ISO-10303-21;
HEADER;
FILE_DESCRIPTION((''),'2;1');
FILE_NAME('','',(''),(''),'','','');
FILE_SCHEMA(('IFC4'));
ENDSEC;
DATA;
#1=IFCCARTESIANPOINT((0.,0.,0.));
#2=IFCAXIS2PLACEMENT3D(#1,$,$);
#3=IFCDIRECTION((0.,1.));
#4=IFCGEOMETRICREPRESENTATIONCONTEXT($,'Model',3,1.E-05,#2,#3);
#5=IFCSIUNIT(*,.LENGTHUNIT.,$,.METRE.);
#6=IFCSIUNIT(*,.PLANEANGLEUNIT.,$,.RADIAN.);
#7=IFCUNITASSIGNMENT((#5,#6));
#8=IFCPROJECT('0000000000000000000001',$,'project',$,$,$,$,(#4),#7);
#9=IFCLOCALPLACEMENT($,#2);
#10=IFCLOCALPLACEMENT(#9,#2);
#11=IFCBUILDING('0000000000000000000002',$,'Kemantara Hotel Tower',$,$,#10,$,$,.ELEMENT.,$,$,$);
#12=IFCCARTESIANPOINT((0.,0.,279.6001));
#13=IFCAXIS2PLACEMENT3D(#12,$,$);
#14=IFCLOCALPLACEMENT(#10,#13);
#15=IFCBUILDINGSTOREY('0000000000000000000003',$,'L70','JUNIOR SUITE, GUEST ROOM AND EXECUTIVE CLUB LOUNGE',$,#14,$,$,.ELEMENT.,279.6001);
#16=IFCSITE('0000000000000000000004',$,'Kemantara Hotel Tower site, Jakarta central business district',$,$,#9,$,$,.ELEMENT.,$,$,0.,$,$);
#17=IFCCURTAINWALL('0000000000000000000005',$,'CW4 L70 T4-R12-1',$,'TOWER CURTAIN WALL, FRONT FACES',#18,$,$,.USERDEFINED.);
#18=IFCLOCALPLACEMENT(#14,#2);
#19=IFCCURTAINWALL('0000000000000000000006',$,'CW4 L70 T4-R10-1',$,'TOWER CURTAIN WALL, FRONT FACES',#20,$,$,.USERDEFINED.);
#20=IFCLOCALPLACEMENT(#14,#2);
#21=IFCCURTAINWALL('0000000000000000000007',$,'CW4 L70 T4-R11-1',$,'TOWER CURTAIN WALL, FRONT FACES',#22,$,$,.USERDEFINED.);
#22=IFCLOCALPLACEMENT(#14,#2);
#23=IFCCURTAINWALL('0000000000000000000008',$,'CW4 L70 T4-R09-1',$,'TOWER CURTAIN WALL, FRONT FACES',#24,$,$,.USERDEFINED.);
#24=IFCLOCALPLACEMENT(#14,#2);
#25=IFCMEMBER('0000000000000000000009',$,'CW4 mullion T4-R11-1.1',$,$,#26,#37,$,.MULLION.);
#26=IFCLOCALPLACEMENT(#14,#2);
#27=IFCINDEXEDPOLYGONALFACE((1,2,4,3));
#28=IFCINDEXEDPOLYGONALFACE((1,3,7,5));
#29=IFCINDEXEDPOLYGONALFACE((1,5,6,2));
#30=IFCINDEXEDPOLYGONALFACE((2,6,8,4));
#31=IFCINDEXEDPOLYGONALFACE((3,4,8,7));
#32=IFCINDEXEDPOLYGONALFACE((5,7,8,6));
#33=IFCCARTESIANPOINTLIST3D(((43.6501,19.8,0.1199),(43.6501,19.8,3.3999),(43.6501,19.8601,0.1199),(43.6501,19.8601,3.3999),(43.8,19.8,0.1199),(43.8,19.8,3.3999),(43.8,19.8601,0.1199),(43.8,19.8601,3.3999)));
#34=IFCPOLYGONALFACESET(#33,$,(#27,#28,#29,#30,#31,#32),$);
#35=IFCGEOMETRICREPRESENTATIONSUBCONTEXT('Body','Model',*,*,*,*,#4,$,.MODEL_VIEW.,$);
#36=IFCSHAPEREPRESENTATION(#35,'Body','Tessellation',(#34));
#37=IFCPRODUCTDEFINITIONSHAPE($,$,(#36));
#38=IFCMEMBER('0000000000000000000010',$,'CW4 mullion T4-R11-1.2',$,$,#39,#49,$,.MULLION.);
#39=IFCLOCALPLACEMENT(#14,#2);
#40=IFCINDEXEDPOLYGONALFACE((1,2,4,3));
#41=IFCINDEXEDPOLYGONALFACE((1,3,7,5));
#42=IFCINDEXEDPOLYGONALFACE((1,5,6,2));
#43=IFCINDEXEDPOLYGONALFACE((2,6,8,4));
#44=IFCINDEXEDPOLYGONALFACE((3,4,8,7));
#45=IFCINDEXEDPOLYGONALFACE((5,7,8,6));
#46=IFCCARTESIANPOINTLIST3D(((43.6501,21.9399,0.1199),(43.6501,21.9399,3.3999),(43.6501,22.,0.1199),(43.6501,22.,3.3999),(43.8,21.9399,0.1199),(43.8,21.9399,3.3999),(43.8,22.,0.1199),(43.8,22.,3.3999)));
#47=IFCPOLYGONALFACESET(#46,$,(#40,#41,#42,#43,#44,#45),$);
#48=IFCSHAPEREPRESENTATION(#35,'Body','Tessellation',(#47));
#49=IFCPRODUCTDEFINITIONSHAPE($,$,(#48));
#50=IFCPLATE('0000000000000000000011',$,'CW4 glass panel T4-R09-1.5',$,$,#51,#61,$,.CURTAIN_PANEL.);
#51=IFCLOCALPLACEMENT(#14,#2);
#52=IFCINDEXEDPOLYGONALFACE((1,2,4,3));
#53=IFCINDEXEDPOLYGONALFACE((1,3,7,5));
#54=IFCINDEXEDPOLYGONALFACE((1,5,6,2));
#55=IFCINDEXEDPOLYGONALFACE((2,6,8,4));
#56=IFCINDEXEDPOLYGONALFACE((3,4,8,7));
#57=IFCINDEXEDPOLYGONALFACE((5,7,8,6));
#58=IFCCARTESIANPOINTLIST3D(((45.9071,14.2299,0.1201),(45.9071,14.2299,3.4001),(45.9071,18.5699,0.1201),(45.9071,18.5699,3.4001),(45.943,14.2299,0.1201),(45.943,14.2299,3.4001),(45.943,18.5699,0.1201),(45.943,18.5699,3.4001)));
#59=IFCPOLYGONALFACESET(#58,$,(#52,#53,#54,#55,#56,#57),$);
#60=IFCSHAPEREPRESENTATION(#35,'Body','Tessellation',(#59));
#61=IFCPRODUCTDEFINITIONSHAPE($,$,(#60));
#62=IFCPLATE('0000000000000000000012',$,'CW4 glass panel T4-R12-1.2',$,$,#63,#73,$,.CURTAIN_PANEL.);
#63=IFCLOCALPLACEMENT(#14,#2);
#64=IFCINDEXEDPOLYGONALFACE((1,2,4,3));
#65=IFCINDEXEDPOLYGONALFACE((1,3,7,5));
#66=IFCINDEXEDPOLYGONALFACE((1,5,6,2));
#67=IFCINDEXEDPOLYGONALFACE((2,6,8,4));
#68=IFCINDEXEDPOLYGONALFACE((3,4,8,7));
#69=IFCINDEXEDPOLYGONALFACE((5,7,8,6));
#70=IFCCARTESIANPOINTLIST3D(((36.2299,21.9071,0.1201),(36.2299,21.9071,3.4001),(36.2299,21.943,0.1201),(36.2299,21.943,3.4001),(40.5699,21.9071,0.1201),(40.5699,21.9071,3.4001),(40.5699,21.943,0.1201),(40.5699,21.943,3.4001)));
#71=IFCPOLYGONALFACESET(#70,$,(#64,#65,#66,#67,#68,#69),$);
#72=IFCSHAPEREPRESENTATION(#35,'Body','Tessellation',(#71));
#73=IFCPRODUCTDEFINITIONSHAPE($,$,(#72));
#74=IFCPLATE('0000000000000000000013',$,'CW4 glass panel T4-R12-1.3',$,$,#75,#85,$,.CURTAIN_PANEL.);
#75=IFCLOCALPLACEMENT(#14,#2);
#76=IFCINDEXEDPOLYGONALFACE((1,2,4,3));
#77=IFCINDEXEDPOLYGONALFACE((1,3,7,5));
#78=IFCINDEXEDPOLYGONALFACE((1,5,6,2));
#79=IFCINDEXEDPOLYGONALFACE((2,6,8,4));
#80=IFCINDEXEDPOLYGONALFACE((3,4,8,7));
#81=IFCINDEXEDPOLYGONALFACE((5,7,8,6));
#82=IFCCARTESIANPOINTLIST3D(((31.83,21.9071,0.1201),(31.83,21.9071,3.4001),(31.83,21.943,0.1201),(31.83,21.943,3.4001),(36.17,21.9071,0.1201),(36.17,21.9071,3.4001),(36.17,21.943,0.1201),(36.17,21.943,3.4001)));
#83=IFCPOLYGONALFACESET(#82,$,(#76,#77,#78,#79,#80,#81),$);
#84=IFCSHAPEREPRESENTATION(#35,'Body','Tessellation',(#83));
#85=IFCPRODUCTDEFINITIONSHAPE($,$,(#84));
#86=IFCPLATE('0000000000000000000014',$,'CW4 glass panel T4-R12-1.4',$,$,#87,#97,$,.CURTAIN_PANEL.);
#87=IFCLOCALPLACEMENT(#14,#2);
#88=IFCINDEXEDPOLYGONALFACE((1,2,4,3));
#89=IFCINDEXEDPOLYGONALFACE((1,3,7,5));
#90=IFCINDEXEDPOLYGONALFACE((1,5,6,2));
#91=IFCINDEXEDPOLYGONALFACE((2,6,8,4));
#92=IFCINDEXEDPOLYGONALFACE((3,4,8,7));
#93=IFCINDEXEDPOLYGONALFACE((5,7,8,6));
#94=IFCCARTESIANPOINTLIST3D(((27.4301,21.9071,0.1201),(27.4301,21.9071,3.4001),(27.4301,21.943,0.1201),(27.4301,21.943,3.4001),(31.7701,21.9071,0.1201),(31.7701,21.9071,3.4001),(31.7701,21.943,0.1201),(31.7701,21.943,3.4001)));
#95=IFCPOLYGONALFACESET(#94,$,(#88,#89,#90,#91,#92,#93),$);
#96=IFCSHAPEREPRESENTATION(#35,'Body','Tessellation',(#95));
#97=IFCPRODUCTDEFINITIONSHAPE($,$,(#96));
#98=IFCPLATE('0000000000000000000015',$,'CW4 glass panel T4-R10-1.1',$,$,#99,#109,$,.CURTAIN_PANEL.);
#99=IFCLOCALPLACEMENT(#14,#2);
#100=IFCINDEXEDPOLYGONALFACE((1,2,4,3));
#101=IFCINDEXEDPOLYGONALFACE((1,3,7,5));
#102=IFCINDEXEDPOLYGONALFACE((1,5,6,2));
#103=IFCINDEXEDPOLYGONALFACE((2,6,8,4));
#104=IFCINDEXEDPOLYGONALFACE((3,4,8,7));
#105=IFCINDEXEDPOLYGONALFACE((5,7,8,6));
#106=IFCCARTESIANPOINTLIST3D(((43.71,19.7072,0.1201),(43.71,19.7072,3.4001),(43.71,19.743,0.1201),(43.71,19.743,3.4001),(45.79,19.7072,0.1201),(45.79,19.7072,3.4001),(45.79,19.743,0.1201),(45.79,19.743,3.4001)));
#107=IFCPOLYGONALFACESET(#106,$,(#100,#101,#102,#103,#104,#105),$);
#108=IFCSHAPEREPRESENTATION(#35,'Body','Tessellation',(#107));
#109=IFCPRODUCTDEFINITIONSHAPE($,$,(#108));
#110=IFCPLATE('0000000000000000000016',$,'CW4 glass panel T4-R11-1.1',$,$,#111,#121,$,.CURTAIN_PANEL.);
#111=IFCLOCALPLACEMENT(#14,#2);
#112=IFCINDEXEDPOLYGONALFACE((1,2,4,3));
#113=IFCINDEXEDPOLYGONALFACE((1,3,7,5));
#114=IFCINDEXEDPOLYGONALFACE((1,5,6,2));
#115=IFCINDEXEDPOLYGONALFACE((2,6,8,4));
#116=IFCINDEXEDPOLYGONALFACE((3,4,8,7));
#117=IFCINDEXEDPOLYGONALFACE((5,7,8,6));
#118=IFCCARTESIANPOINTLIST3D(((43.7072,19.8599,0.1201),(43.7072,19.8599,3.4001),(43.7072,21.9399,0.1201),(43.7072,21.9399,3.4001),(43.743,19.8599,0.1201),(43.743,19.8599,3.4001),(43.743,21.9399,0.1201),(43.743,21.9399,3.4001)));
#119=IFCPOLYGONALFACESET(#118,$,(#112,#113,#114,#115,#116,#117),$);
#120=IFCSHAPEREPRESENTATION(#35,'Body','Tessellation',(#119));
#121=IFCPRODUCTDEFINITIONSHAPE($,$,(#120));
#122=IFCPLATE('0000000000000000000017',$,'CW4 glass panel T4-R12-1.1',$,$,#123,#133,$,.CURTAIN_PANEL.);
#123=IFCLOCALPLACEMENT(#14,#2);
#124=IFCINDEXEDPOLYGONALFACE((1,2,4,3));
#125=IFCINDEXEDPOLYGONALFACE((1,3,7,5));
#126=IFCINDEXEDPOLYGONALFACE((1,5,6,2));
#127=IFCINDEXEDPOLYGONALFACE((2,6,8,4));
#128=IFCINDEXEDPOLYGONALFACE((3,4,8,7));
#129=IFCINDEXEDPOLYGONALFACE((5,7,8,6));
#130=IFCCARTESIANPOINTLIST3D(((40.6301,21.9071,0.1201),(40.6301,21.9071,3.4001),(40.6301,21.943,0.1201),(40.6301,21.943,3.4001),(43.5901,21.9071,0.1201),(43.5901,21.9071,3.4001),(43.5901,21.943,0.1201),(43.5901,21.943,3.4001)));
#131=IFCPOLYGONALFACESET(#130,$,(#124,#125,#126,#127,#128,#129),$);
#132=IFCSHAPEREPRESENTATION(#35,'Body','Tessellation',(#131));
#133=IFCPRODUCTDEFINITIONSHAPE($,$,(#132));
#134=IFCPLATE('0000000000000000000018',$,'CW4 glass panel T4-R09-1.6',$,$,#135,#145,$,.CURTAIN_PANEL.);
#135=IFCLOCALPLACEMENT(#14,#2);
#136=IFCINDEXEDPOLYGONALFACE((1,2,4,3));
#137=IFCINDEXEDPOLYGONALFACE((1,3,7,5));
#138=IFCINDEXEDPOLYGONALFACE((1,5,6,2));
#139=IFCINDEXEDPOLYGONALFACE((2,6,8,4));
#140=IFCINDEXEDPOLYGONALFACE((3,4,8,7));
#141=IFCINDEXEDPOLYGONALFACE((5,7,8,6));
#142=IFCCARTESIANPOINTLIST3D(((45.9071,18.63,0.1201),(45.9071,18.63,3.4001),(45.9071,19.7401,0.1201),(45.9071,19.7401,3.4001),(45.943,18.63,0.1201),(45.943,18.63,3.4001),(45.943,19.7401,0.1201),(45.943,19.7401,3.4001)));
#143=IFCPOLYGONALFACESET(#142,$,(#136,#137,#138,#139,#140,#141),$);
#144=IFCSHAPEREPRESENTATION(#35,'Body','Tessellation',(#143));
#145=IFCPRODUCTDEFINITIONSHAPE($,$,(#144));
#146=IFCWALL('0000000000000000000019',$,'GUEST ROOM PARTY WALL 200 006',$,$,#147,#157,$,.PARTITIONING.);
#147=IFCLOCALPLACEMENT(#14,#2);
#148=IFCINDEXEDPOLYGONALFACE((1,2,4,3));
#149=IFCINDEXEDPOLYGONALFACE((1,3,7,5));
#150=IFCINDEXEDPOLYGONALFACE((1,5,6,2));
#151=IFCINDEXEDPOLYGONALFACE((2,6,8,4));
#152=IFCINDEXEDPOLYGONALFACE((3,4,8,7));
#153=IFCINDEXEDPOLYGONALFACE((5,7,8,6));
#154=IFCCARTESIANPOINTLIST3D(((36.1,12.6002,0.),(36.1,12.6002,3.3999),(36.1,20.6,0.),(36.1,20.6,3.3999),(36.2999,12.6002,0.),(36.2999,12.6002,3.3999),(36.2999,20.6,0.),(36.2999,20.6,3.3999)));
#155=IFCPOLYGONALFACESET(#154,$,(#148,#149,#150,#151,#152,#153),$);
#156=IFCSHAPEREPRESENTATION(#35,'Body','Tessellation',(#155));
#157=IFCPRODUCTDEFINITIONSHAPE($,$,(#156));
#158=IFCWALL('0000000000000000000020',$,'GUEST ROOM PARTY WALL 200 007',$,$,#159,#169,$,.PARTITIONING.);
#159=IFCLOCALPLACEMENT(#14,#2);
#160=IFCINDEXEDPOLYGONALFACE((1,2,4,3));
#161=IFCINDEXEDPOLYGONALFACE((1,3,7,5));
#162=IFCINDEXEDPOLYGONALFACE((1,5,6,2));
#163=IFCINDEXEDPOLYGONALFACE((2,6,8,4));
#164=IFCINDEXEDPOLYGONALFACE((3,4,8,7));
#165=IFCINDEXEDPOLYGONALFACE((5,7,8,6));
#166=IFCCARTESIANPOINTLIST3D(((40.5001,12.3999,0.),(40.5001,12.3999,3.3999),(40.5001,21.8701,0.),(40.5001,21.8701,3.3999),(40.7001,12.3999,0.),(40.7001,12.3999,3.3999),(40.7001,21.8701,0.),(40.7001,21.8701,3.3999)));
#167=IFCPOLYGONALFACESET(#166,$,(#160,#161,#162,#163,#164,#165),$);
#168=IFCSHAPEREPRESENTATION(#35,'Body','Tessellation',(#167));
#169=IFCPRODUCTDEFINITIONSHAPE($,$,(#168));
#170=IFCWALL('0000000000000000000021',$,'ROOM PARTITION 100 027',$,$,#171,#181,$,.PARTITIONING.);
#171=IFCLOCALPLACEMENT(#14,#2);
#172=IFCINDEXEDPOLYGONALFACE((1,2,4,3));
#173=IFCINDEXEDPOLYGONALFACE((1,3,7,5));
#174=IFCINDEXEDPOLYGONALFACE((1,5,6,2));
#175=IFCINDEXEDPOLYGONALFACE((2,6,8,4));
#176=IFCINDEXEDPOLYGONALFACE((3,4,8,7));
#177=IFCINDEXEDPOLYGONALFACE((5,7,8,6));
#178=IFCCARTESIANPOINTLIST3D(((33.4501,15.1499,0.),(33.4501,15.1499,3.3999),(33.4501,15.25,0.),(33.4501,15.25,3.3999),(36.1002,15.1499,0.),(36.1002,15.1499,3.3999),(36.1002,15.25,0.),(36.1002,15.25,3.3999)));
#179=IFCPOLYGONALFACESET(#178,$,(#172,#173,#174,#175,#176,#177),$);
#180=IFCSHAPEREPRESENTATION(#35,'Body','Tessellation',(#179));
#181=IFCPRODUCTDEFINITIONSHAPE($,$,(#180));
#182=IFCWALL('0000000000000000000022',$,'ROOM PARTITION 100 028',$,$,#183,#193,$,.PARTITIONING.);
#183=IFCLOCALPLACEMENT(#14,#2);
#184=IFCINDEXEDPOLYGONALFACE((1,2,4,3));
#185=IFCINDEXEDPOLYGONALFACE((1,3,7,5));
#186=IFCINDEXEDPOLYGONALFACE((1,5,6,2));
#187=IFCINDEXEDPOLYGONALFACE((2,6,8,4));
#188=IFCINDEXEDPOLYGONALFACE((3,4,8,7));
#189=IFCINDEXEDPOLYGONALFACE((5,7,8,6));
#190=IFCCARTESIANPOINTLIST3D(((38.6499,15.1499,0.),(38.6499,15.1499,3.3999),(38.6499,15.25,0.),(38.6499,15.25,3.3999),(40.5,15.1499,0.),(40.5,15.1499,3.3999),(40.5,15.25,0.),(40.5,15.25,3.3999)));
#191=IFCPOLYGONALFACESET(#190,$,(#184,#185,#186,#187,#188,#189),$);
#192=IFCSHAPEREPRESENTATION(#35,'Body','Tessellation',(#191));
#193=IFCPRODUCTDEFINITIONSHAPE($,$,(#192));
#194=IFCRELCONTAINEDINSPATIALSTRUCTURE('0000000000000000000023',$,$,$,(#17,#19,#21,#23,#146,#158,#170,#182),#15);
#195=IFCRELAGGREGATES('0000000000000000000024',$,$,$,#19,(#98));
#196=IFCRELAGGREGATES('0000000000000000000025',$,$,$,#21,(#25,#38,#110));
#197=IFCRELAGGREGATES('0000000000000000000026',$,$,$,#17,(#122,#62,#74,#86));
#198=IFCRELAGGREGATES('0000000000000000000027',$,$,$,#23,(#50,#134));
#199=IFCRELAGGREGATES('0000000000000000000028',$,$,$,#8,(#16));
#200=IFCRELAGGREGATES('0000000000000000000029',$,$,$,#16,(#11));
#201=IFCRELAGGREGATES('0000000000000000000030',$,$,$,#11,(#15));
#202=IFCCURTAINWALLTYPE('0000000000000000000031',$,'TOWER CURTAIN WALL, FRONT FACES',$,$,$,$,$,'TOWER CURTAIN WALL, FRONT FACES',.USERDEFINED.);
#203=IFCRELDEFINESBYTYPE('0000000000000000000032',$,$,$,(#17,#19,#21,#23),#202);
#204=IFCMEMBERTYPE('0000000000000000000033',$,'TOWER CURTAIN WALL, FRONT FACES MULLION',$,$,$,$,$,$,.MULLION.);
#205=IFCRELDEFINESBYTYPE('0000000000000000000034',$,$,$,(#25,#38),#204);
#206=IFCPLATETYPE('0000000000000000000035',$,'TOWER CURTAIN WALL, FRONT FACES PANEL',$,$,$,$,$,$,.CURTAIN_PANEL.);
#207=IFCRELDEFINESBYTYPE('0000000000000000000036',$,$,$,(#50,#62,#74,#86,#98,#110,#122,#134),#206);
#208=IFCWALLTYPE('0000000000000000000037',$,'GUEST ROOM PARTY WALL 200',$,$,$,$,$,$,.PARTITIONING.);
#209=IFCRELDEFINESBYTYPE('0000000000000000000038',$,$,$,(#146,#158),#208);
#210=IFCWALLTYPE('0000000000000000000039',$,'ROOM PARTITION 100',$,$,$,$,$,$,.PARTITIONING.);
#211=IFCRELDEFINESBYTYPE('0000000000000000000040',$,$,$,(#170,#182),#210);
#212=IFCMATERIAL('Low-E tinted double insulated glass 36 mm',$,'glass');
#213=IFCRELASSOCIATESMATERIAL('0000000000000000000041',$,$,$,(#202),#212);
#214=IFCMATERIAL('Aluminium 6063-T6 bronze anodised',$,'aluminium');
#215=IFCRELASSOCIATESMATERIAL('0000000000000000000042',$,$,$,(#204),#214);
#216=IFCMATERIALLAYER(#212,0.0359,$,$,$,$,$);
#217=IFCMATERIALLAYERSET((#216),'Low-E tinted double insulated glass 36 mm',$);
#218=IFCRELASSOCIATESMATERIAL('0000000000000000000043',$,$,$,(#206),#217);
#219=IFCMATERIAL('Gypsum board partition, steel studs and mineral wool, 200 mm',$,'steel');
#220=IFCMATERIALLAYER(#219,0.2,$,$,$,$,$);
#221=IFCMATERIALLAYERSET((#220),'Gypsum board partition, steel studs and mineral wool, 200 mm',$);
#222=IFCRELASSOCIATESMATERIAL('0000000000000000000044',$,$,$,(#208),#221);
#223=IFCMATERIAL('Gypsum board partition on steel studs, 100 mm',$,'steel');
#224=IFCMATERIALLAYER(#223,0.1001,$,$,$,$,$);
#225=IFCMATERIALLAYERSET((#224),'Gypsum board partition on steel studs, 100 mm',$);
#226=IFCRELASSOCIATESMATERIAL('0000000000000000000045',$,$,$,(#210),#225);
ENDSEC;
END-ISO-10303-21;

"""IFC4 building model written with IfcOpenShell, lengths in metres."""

from ifc_helpers import new_model, si_unit, direction, frame, frame_2d, origin, origin_2d, place, context, subcontext, project, spatial, rectangle, extrude, source, transform, mapped, material, layer, layer_set, material_profile, profile_set, type_object, element, aggregate, save


model = new_model("IFC4")

# Units and contexts
model_context = context("Model", 3, precision=1e-05, world=origin(), true_north=direction((0.0, 1.0)))
body_context = subcontext(model_context, "Body", "Model", "MODEL_VIEW")
ifc_project = project(units=[si_unit("LENGTHUNIT", "METRE"), si_unit("PLANEANGLEUNIT", "RADIAN")], contexts=[model_context])

# Site, building, storey
site_placement = place(None, origin())
site = spatial("IfcSite", under=ifc_project, at=site_placement, Name="Kemantara Hotel Tower site, Jakarta central business district", CompositionType="ELEMENT", RefElevation=0.0)
building_placement = place(site_placement, origin())
building = spatial("IfcBuilding", under=site, at=building_placement, Name="Kemantara Hotel Tower", CompositionType="ELEMENT")
storey_placement = place(building_placement, frame((0.0, 0.0, 279.6001)))
storey = spatial("IfcBuildingStorey", under=building, at=storey_placement, Name="L70", Description="JUNIOR SUITE, GUEST ROOM AND EXECUTIVE CLUB LOUNGE", CompositionType="ELEMENT", Elevation=279.6001)

# Curtain walls
ifc_material_1 = material(Name="Low-E tinted double insulated glass 36 mm", Category="glass")
curtain_wall_type = type_object("IfcCurtainWallType", Name="TOWER CURTAIN WALL, FRONT FACES", ElementType="TOWER CURTAIN WALL, FRONT FACES", PredefinedType="USERDEFINED", material=ifc_material_1)
curtain_wall_1_placement = place(storey_placement, origin())
curtain_wall_1 = element("IfcCurtainWall", 1, at=curtain_wall_1_placement, inside=storey, type_object=curtain_wall_type, Name="CW4 L70 T4-R12-1", ObjectType="TOWER CURTAIN WALL, FRONT FACES", PredefinedType="USERDEFINED")
ifc_material_2 = material(Name="Aluminium 6063-T6 bronze anodised", Category="aluminium")
curtain_wall_2_placement = place(storey_placement, origin())
curtain_wall_2 = element("IfcCurtainWall", 2, at=curtain_wall_2_placement, inside=storey, type_object=curtain_wall_type, Name="CW4 L70 T4-R10-1", ObjectType="TOWER CURTAIN WALL, FRONT FACES", PredefinedType="USERDEFINED")
curtain_wall_3_placement = place(storey_placement, origin())
curtain_wall_3 = element("IfcCurtainWall", 3, at=curtain_wall_3_placement, inside=storey, type_object=curtain_wall_type, Name="CW4 L70 T4-R11-1", ObjectType="TOWER CURTAIN WALL, FRONT FACES", PredefinedType="USERDEFINED")

# Curtain wall
curtain_wall_4_placement = place(storey_placement, origin())
curtain_wall_4 = element("IfcCurtainWall", 4, at=curtain_wall_4_placement, inside=storey, type_object=curtain_wall_type, Name="CW4 L70 T4-R09-1", ObjectType="TOWER CURTAIN WALL, FRONT FACES", PredefinedType="USERDEFINED")
ifc_material_profile_1 = material_profile(ifc_material_2, rectangle(XDim=0.1499, YDim=0.0601, at=origin_2d()), Name="TOWER CURTAIN WALL, FRONT FACES MULLION")
ifc_profile_set_1 = profile_set([ifc_material_profile_1], Name="Aluminium 6063-T6 bronze anodised")
member_type_1 = type_object("IfcMemberType", Name="TOWER CURTAIN WALL, FRONT FACES MULLION", PredefinedType="MULLION", material=ifc_profile_set_1)
shared_shape_1 = source(origin(), body_context, "Body", "SweptSolid", [
    extrude(rectangle(XDim=0.1499, YDim=0.0601, at=origin_2d()), origin(), (0.0, 0.0, 1.0), 3.28),
])

# Members
member_1_placement = place(storey_placement, frame((43.7251, 19.8301, 0.1199), z_axis=(0.0, 0.0, 1.0), x_axis=(-1.0, 0.0, 0.0)))
member_1 = element("IfcMember", 5, at=member_1_placement, type_object=member_type_1, Name="CW4 mullion T4-R11-1.1", PredefinedType="MULLION", context=body_context, shape_type="MappedRepresentation", body=[
    mapped(shared_shape_1, transform((0.0, 0.0, 0.0))),
])
member_2_placement = place(storey_placement, frame((43.7251, 21.97, 0.1199), z_axis=(0.0, 0.0, 1.0), x_axis=(-1.0, 0.0, 0.0)))
member_2 = element("IfcMember", 6, at=member_2_placement, type_object=member_type_1, Name="CW4 mullion T4-R11-1.2", PredefinedType="MULLION", context=body_context, shape_type="MappedRepresentation", body=[
    mapped(shared_shape_1, transform((0.0, 0.0, 0.0))),
])

# Plates
ifc_layer_1 = layer(ifc_material_1, 0.0359)
ifc_layer_set_1 = layer_set([ifc_layer_1], Name="Low-E tinted double insulated glass 36 mm")
plate_type = type_object("IfcPlateType", Name="TOWER CURTAIN WALL, FRONT FACES PANEL", PredefinedType="CURTAIN_PANEL", material=ifc_layer_set_1)
shared_shape_2 = source(origin(), body_context, "Body", "SweptSolid", [
    extrude(rectangle(XDim=4.3401, YDim=0.0359, at=origin_2d()), origin(), (0.0, 0.0, 1.0), 3.28),
])
plate_1_placement = place(storey_placement, frame((45.925, 16.3999, 0.1201), z_axis=(0.0, 0.0, 1.0), x_axis=(0.0, 1.0, 0.0)))
plate_1 = element("IfcPlate", 7, at=plate_1_placement, type_object=plate_type, Name="CW4 glass panel T4-R09-1.5", PredefinedType="CURTAIN_PANEL", context=body_context, shape_type="MappedRepresentation", body=[
    mapped(shared_shape_2, transform((0.0, 0.0, 0.0))),
])
plate_2_placement = place(storey_placement, frame((38.3999, 21.925, 0.1201), z_axis=(0.0, 0.0, 1.0), x_axis=(-1.0, 0.0, 0.0)))
plate_2 = element("IfcPlate", 8, at=plate_2_placement, type_object=plate_type, Name="CW4 glass panel T4-R12-1.2", PredefinedType="CURTAIN_PANEL", context=body_context, shape_type="MappedRepresentation", body=[
    mapped(shared_shape_2, transform((0.0, 0.0, 0.0))),
])
plate_3_placement = place(storey_placement, frame((34.0, 21.925, 0.1201), z_axis=(0.0, 0.0, 1.0), x_axis=(-1.0, 0.0, 0.0)))
plate_3 = element("IfcPlate", 9, at=plate_3_placement, type_object=plate_type, Name="CW4 glass panel T4-R12-1.3", PredefinedType="CURTAIN_PANEL", context=body_context, shape_type="MappedRepresentation", body=[
    mapped(shared_shape_2, transform((0.0, 0.0, 0.0))),
])
plate_4_placement = place(storey_placement, frame((29.6001, 21.925, 0.1201), z_axis=(0.0, 0.0, 1.0), x_axis=(-1.0, 0.0, 0.0)))
plate_4 = element("IfcPlate", 10, at=plate_4_placement, type_object=plate_type, Name="CW4 glass panel T4-R12-1.4", PredefinedType="CURTAIN_PANEL", context=body_context, shape_type="MappedRepresentation", body=[
    mapped(shared_shape_2, transform((0.0, 0.0, 0.0))),
])
shared_shape_3 = source(origin(), body_context, "Body", "SweptSolid", [
    extrude(rectangle(XDim=2.0801, YDim=0.0359, at=origin_2d()), origin(), (0.0, 0.0, 1.0), 3.28),
])
plate_5_placement = place(storey_placement, frame((44.75, 19.7251, 0.1201), z_axis=(0.0, 0.0, 1.0), x_axis=(-1.0, 0.0, 0.0)))
plate_5 = element("IfcPlate", 11, at=plate_5_placement, type_object=plate_type, Name="CW4 glass panel T4-R10-1.1", PredefinedType="CURTAIN_PANEL", context=body_context, shape_type="MappedRepresentation", body=[
    mapped(shared_shape_3, transform((0.0, 0.0, 0.0))),
])
aggregate(curtain_wall_2, [plate_5])
plate_6_placement = place(storey_placement, frame((43.7251, 20.8999, 0.1201), z_axis=(0.0, 0.0, 1.0), x_axis=(0.0, 1.0, 0.0)))
plate_6 = element("IfcPlate", 12, at=plate_6_placement, type_object=plate_type, Name="CW4 glass panel T4-R11-1.1", PredefinedType="CURTAIN_PANEL", context=body_context, shape_type="MappedRepresentation", body=[
    mapped(shared_shape_3, transform((0.0, 0.0, 0.0))),
])
aggregate(curtain_wall_3, [member_1, member_2, plate_6])
shared_shape_4 = source(origin(), body_context, "Body", "SweptSolid", [
    extrude(rectangle(XDim=2.96, YDim=0.0359, at=origin_2d()), origin(), (0.0, 0.0, 1.0), 3.28),
])
plate_7_placement = place(storey_placement, frame((42.1101, 21.925, 0.1201), z_axis=(0.0, 0.0, 1.0), x_axis=(-1.0, 0.0, 0.0)))
plate_7 = element("IfcPlate", 13, at=plate_7_placement, type_object=plate_type, Name="CW4 glass panel T4-R12-1.1", PredefinedType="CURTAIN_PANEL", context=body_context, shape_type="MappedRepresentation", body=[
    mapped(shared_shape_4, transform((0.0, 0.0, 0.0))),
])
aggregate(curtain_wall_1, [plate_7, plate_2, plate_3, plate_4])
shared_shape_5 = source(origin(), body_context, "Body", "SweptSolid", [
    extrude(rectangle(XDim=1.1101, YDim=0.0359, at=origin_2d()), origin(), (0.0, 0.0, 1.0), 3.28),
])
plate_8_placement = place(storey_placement, frame((45.925, 19.1851, 0.1201), z_axis=(0.0, 0.0, 1.0), x_axis=(0.0, 1.0, 0.0)))
plate_8 = element("IfcPlate", 14, at=plate_8_placement, type_object=plate_type, Name="CW4 glass panel T4-R09-1.6", PredefinedType="CURTAIN_PANEL", context=body_context, shape_type="MappedRepresentation", body=[
    mapped(shared_shape_5, transform((0.0, 0.0, 0.0))),
])
aggregate(curtain_wall_4, [plate_1, plate_8])

# Walls
ifc_material_3 = material(Name="Gypsum board partition, steel studs and mineral wool, 200 mm", Category="steel")
ifc_layer_2 = layer(ifc_material_3, 0.2)
ifc_layer_set_2 = layer_set([ifc_layer_2], Name="Gypsum board partition, steel studs and mineral wool, 200 mm")
wall_type_1 = type_object("IfcWallType", Name="GUEST ROOM PARTY WALL 200", PredefinedType="PARTITIONING", material=ifc_layer_set_2)
wall_1_placement = place(storey_placement, frame((36.2, 12.6001, 0.0), z_axis=(0.0, 0.0, 1.0), x_axis=(0.0, 1.0, 0.0)))
element("IfcWall", 15, at=wall_1_placement, inside=storey, type_object=wall_type_1, Name="GUEST ROOM PARTY WALL 200 006", PredefinedType="PARTITIONING", context=body_context, shape_type="SweptSolid", body=[
    extrude(rectangle(XDim=7.9998, YDim=0.2, at=frame_2d((4.0, 0.0))), origin(), (0.0, 0.0, 1.0), 3.3999),
])
wall_2_placement = place(storey_placement, frame((40.6001, 12.3999, 0.0), z_axis=(0.0, 0.0, 1.0), x_axis=(0.0, 1.0, 0.0)))
element("IfcWall", 16, at=wall_2_placement, inside=storey, type_object=wall_type_1, Name="GUEST ROOM PARTY WALL 200 007", PredefinedType="PARTITIONING", context=body_context, shape_type="SweptSolid", body=[
    extrude(rectangle(XDim=9.4702, YDim=0.2, at=frame_2d((4.7351, 0.0))), origin(), (0.0, 0.0, 1.0), 3.3999),
])
ifc_material_4 = material(Name="Gypsum board partition on steel studs, 100 mm", Category="steel")
ifc_layer_3 = layer(ifc_material_4, 0.1001)
ifc_layer_set_3 = layer_set([ifc_layer_3], Name="Gypsum board partition on steel studs, 100 mm")
wall_type_2 = type_object("IfcWallType", Name="ROOM PARTITION 100", PredefinedType="PARTITIONING", material=ifc_layer_set_3)
wall_3_placement = place(storey_placement, frame((33.45, 15.2, 0.0), z_axis=(0.0, 0.0, 1.0), x_axis=(1.0, 0.0, 0.0)))
element("IfcWall", 17, at=wall_3_placement, inside=storey, type_object=wall_type_2, Name="ROOM PARTITION 100 027", PredefinedType="PARTITIONING", context=body_context, shape_type="SweptSolid", body=[
    extrude(rectangle(XDim=2.6501, YDim=0.1001, at=frame_2d((1.3252, 0.0))), origin(), (0.0, 0.0, 1.0), 3.3999),
])
wall_4_placement = place(storey_placement, frame((38.6499, 15.2, 0.0), z_axis=(0.0, 0.0, 1.0), x_axis=(1.0, 0.0, 0.0)))
element("IfcWall", 18, at=wall_4_placement, inside=storey, type_object=wall_type_2, Name="ROOM PARTITION 100 028", PredefinedType="PARTITIONING", context=body_context, shape_type="SweptSolid", body=[
    extrude(rectangle(XDim=1.8501, YDim=0.1001, at=frame_2d((0.925, 0.0))), origin(), (0.0, 0.0, 1.0), 3.3999),
])

save(model, "model.ifc")
